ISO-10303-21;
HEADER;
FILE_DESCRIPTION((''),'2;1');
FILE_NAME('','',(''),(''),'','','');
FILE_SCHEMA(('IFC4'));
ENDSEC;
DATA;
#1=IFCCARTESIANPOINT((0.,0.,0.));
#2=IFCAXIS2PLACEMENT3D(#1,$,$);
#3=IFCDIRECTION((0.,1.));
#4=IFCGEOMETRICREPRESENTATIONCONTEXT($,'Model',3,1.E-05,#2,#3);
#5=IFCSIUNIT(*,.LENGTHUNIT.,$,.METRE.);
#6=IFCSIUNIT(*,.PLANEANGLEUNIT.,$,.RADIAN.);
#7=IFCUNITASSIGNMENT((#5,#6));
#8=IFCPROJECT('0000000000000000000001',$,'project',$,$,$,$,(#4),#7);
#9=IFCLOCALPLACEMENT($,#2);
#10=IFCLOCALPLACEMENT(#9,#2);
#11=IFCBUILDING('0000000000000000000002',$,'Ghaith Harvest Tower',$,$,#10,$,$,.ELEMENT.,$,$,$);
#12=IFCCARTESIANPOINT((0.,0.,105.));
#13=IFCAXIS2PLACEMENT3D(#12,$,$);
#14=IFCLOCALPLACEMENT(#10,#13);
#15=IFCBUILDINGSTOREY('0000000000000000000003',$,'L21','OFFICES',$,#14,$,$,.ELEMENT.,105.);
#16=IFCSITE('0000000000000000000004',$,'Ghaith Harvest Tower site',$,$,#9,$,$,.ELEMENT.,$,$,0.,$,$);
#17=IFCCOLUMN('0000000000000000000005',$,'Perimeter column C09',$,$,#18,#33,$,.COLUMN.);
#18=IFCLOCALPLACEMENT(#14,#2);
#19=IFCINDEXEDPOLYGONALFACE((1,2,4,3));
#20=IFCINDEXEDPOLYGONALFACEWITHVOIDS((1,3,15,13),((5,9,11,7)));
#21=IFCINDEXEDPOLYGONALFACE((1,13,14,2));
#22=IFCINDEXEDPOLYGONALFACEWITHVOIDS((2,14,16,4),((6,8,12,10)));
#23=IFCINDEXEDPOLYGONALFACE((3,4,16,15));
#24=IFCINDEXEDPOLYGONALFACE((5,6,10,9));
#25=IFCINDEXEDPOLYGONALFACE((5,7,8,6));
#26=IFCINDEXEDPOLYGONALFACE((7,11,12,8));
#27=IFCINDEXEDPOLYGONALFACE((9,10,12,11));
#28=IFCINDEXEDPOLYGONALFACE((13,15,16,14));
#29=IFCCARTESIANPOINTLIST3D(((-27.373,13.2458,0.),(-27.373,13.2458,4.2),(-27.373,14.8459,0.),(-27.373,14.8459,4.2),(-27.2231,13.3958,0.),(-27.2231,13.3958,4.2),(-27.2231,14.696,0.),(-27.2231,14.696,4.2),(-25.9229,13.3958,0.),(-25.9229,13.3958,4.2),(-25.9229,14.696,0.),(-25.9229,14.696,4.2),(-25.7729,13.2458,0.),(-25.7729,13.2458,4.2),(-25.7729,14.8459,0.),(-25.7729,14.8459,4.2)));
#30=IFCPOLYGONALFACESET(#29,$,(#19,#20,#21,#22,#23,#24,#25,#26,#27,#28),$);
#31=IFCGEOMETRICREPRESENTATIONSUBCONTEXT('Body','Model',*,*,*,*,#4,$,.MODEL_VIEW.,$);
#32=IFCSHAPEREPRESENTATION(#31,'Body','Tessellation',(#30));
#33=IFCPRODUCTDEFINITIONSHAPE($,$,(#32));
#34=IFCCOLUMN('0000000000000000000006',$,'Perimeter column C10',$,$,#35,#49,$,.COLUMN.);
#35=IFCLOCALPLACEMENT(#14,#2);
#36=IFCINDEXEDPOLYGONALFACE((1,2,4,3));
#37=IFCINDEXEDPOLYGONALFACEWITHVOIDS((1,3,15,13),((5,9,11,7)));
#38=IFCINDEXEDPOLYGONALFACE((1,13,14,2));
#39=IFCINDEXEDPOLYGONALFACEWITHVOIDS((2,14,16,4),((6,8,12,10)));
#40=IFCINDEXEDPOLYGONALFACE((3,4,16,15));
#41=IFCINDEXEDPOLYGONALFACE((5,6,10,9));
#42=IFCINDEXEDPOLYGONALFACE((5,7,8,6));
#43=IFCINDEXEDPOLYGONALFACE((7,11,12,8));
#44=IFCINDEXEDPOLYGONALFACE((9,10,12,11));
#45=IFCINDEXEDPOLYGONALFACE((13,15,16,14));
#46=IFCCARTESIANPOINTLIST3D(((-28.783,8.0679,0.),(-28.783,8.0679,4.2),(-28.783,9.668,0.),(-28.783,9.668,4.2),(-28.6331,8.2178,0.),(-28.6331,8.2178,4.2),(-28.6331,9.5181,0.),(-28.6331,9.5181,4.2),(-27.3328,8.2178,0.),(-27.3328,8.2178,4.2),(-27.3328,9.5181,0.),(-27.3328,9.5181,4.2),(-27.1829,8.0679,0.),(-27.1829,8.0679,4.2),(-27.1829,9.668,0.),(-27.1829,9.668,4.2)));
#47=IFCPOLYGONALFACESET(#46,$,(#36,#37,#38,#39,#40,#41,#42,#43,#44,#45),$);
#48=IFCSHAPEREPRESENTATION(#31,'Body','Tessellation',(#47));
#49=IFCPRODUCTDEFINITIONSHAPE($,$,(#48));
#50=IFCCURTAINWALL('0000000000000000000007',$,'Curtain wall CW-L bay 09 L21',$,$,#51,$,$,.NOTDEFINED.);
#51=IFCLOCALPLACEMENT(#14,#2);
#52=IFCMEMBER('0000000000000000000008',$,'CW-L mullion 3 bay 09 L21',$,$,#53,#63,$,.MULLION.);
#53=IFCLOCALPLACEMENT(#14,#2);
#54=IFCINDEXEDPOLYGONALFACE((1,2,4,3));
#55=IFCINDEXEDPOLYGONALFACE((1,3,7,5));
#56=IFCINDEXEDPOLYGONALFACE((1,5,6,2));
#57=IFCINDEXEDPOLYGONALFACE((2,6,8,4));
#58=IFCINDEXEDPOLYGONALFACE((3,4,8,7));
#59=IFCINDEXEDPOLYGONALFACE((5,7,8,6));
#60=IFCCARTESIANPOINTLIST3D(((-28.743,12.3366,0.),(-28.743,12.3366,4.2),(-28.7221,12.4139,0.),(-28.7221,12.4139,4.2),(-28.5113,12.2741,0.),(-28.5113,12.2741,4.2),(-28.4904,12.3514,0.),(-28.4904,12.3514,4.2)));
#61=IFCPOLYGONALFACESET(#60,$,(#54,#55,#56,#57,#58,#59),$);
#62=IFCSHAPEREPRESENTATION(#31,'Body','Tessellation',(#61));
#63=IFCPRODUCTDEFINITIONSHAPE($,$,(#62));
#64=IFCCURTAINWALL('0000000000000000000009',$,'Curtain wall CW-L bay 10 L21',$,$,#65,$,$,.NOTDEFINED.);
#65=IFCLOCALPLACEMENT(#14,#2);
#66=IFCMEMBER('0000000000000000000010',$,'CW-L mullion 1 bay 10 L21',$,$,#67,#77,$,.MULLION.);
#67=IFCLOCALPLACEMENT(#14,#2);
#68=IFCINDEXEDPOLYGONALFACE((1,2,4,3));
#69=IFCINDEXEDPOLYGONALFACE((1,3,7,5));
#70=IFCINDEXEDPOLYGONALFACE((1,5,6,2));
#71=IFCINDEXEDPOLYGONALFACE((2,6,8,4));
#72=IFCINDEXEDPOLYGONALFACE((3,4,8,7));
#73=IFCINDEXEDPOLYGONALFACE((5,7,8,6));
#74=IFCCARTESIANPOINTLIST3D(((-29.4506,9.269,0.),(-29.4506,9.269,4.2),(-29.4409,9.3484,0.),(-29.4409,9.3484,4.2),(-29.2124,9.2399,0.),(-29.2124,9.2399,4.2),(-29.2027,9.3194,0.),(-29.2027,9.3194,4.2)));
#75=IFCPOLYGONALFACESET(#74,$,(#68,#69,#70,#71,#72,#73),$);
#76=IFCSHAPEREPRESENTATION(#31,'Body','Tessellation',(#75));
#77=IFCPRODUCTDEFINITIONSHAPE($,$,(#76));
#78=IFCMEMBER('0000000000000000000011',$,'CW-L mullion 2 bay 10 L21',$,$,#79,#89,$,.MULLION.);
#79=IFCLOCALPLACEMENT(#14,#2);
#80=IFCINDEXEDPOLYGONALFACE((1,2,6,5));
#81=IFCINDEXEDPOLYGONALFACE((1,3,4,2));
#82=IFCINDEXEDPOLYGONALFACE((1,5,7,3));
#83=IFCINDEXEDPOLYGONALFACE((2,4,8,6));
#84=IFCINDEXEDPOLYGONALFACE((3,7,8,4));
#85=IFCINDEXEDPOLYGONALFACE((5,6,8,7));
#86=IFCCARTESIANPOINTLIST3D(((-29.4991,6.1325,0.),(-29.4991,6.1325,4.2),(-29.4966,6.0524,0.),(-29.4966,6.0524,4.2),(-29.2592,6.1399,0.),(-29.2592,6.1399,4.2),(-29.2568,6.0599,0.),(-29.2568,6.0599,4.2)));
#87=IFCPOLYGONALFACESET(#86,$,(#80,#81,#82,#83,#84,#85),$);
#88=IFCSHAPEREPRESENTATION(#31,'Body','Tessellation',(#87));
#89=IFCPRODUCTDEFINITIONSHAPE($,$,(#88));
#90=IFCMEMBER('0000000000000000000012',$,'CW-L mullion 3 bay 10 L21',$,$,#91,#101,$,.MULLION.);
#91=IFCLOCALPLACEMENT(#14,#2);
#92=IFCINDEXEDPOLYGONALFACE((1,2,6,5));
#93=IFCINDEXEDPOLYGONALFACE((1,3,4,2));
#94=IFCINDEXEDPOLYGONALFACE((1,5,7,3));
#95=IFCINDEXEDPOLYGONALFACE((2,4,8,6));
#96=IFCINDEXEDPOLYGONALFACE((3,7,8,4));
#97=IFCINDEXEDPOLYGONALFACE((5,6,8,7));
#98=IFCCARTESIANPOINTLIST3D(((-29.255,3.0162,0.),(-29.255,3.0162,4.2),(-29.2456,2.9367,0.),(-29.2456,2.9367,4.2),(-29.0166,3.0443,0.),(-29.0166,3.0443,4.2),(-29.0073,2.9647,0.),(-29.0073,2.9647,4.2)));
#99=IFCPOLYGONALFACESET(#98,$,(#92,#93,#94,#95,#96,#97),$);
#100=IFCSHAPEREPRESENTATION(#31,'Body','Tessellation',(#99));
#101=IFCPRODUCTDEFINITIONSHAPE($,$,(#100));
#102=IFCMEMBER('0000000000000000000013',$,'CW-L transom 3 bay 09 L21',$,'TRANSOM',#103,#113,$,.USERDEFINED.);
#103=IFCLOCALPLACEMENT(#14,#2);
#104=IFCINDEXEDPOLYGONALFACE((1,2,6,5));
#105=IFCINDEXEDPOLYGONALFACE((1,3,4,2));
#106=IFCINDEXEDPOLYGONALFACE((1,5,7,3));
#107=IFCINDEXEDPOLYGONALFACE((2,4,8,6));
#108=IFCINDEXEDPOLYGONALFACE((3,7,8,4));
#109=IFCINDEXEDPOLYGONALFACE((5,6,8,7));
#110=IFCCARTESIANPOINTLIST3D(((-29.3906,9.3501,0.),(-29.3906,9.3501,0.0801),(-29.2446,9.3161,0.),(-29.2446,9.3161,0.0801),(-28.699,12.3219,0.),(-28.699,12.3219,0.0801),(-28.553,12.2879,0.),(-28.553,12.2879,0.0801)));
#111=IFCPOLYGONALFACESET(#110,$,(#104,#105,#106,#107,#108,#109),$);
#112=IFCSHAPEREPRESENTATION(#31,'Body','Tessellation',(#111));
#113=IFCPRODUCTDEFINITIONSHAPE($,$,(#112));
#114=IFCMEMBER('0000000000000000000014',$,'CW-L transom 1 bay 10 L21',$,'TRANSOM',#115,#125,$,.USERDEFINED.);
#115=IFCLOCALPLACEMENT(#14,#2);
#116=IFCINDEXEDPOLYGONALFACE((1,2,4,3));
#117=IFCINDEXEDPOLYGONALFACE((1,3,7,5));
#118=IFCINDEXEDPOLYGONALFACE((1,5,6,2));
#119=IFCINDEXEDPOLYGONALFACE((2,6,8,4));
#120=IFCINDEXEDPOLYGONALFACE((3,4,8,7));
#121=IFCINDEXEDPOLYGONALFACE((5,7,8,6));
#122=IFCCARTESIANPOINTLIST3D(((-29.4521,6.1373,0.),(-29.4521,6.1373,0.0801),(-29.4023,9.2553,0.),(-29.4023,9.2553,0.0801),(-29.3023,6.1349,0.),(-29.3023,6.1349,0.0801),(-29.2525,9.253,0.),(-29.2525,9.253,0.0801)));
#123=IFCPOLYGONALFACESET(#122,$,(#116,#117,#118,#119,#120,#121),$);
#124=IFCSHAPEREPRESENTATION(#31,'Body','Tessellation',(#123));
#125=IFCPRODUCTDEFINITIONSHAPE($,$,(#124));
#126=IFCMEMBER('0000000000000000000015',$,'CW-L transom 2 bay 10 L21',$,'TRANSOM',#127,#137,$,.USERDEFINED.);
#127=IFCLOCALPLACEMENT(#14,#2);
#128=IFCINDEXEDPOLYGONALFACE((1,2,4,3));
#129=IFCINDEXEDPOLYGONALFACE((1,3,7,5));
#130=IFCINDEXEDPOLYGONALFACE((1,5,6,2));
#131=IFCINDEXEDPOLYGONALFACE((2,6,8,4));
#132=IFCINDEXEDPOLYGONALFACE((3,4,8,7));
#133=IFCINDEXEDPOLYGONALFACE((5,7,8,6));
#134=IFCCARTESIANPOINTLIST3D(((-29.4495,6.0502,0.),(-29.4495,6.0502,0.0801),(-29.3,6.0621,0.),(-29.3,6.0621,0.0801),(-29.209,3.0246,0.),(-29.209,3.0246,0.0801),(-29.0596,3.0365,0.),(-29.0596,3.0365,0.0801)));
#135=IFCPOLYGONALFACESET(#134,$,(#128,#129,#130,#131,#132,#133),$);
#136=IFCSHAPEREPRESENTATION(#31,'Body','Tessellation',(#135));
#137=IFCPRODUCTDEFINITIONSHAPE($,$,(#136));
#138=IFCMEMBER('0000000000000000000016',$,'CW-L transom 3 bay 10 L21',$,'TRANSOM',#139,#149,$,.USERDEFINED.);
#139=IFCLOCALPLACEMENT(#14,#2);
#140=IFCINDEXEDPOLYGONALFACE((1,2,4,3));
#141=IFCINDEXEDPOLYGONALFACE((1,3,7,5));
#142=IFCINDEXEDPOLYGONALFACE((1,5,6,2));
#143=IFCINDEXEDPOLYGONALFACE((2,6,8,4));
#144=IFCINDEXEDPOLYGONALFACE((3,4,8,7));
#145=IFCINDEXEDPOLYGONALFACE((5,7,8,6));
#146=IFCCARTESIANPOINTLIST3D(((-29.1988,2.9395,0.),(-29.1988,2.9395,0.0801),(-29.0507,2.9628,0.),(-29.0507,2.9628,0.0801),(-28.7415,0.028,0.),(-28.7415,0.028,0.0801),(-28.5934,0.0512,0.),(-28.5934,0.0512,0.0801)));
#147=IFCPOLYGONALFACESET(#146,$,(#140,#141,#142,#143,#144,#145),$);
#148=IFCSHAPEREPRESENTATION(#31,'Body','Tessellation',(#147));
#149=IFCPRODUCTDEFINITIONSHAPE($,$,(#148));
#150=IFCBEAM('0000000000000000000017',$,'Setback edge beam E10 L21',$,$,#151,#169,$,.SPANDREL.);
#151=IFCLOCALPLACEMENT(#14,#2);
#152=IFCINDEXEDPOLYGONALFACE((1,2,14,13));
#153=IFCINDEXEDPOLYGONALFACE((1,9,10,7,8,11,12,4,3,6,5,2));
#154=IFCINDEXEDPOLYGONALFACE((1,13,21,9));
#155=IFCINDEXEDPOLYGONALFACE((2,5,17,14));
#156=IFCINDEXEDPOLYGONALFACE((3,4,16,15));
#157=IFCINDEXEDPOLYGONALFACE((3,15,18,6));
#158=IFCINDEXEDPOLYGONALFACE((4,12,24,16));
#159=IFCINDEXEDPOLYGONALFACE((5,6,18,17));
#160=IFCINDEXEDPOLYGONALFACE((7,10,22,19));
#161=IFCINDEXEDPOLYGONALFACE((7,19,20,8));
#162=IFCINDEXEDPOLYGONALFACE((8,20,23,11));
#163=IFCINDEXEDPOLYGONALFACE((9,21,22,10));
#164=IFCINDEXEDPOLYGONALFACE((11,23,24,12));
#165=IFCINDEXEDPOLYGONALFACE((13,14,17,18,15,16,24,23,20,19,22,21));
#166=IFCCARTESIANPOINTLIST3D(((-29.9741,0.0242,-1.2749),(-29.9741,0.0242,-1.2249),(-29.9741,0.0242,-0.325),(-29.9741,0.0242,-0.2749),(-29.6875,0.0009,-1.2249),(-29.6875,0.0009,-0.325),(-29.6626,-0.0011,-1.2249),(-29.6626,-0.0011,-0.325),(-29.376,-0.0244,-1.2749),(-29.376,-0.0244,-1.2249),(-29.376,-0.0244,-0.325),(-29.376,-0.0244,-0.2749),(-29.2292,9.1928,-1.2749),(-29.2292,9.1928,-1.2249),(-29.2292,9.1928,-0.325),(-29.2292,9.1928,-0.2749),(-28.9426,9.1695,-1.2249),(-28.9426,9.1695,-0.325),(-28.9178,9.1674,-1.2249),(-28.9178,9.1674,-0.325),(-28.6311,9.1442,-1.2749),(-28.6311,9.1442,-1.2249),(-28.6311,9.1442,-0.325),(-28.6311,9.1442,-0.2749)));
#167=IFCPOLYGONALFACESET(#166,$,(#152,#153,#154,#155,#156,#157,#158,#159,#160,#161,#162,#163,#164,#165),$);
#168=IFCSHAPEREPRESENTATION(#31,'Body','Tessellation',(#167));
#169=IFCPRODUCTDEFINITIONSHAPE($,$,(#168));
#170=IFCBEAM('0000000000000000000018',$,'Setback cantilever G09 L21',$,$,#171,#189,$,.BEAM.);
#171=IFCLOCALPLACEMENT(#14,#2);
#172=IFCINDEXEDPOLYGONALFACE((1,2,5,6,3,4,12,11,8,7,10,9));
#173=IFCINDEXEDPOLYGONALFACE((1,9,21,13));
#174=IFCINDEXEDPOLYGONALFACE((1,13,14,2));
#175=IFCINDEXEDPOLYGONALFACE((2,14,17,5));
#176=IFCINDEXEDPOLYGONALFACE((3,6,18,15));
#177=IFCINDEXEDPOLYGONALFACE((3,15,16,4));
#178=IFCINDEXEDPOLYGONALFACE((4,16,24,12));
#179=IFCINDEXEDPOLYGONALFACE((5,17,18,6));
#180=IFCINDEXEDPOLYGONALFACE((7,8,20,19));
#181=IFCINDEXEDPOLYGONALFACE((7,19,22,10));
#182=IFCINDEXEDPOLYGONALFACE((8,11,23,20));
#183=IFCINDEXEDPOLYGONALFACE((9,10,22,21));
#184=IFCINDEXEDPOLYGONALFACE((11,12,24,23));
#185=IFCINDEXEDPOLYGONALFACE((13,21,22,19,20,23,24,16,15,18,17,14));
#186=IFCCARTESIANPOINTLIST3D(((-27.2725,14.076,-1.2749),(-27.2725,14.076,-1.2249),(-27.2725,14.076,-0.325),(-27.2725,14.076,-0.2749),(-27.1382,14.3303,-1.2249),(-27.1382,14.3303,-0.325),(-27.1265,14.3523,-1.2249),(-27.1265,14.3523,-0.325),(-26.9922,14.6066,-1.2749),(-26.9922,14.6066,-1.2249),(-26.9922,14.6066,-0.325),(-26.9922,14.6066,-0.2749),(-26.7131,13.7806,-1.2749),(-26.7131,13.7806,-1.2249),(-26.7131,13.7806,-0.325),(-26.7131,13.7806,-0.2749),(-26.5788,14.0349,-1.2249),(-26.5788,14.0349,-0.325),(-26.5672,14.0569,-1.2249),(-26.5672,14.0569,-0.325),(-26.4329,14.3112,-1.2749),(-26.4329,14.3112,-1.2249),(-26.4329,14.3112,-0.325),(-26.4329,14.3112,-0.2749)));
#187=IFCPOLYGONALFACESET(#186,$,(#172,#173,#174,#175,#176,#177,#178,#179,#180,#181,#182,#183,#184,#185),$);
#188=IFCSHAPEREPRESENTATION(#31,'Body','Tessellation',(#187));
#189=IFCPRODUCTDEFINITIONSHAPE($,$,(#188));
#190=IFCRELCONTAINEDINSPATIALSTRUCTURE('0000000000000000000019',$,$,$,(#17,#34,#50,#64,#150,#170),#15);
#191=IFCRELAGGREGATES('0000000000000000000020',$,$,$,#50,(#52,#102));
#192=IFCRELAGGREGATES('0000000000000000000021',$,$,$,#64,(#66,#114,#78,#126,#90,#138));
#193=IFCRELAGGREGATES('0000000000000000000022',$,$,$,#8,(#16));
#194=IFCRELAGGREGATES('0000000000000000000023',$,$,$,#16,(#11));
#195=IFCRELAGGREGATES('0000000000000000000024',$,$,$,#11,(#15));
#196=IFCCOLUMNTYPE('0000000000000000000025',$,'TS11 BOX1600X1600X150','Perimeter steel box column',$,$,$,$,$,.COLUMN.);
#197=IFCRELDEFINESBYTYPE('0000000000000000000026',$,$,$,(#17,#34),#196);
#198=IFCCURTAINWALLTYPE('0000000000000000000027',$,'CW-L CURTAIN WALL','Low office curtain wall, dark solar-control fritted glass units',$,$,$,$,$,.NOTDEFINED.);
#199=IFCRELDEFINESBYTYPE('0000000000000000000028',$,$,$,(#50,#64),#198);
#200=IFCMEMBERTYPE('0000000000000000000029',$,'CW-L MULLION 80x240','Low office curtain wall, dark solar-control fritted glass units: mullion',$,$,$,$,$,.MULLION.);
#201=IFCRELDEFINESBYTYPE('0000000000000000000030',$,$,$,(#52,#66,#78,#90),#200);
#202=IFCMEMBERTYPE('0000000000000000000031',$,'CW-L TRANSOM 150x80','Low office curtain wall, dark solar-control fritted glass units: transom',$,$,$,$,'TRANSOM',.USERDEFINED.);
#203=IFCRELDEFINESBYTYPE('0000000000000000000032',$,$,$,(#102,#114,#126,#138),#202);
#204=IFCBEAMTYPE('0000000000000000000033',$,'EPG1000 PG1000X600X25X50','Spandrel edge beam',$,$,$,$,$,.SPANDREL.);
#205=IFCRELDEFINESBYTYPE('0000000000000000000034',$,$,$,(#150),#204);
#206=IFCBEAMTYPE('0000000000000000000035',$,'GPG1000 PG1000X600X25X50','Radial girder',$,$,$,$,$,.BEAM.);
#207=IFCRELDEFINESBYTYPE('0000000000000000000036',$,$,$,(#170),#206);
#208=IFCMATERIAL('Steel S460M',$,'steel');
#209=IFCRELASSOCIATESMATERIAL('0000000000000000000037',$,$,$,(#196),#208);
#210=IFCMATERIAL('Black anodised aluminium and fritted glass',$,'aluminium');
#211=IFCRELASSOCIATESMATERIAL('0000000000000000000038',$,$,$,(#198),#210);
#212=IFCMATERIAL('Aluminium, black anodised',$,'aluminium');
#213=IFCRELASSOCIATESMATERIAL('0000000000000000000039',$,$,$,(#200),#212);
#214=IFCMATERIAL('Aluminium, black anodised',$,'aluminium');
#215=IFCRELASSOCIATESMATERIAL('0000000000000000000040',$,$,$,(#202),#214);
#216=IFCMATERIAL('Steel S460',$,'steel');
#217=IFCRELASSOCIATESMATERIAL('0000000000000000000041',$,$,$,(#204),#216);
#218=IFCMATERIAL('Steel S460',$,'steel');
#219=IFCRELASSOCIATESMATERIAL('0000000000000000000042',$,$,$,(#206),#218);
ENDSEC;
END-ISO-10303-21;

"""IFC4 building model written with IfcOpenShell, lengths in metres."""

from ifc_helpers import new_model, si_unit, direction, frame, origin, origin_2d, place, context, subcontext, project, spatial, rectangle, hollow_rectangle, i_section, extrude, material, material_profile, profile_set, type_object, element, aggregate, save


model = new_model("IFC4")

# Units and contexts
model_context = context("Model", 3, precision=1e-05, world=origin(), true_north=direction((0.0, 1.0)))
body_context = subcontext(model_context, "Body", "Model", "MODEL_VIEW")
ifc_project = project(units=[si_unit("LENGTHUNIT", "METRE"), si_unit("PLANEANGLEUNIT", "RADIAN")], contexts=[model_context])

# Site, building, storey
site_placement = place(None, origin())
site = spatial("IfcSite", under=ifc_project, at=site_placement, Name="Ghaith Harvest Tower site", CompositionType="ELEMENT", RefElevation=0.0)
building_placement = place(site_placement, origin())
building = spatial("IfcBuilding", under=site, at=building_placement, Name="Ghaith Harvest Tower", CompositionType="ELEMENT")
storey_placement = place(building_placement, frame((0.0, 0.0, 105.0)))
storey = spatial("IfcBuildingStorey", under=building, at=storey_placement, Name="L21", Description="OFFICES", CompositionType="ELEMENT", Elevation=105.0)

# Columns
ifc_material_1 = material(Name="Steel S460M", Category="steel")
ifc_material_profile_1 = material_profile(ifc_material_1, hollow_rectangle(XDim=1.6001, YDim=1.6001, WallThickness=0.1499, at=origin_2d()), Name="BOX1600X1600X150")
ifc_profile_set_1 = profile_set([ifc_material_profile_1], Name="Steel S460M")
column_type = type_object("IfcColumnType", Name="TS11 BOX1600X1600X150", Description="Perimeter steel box column", PredefinedType="COLUMN", material=ifc_profile_set_1)
for number, where, z_axis, x_axis, name in (
    (1, (-26.573, 14.0459, 0.0), (0.0, 0.0, 1.0), (1.0, 0.0, 0.0), "Perimeter column C09"),
    (2, (-27.9829, 8.8679, 0.0), (0.0, 0.0, 1.0), (1.0, 0.0, 0.0), "Perimeter column C10"),
):
    element("IfcColumn", number, at=place(storey_placement, frame(where, z_axis=z_axis, x_axis=x_axis)), inside=storey, type_object=column_type, Name=name, PredefinedType="COLUMN", context=body_context, shape_type="SweptSolid", body=[
        extrude(hollow_rectangle(XDim=1.6001, YDim=1.6001, WallThickness=0.1499, at=origin_2d()), origin(), (0.0, 0.0, 1.0), 4.2),
    ])

# Curtain wall, member
ifc_material_2 = material(Name="Black anodised aluminium and fritted glass", Category="aluminium")
curtain_wall_type = type_object("IfcCurtainWallType", Name="CW-L CURTAIN WALL", Description="Low office curtain wall, dark solar-control fritted glass units", PredefinedType="NOTDEFINED", material=ifc_material_2)
curtain_wall_1_placement = place(storey_placement, origin())
curtain_wall_1 = element("IfcCurtainWall", 3, at=curtain_wall_1_placement, inside=storey, type_object=curtain_wall_type, Name="Curtain wall CW-L bay 09 L21", PredefinedType="NOTDEFINED")
ifc_material_3 = material(Name="Aluminium, black anodised", Category="aluminium")
ifc_material_profile_2 = material_profile(ifc_material_3, rectangle(XDim=0.0801, YDim=0.24, at=origin_2d()), Name="CW-L MULLION 80x240")
ifc_profile_set_2 = profile_set([ifc_material_profile_2], Name="Aluminium, black anodised")
member_type_1 = type_object("IfcMemberType", Name="CW-L MULLION 80x240", Description="Low office curtain wall, dark solar-control fritted glass units: mullion", PredefinedType="MULLION", material=ifc_profile_set_2)
member_1_placement = place(storey_placement, frame((-28.6167, 12.344, 0.0), z_axis=(0.0, 0.0, 1.0), x_axis=(-0.260727, -0.965412, 0.0)))
member_1 = element("IfcMember", 4, at=member_1_placement, type_object=member_type_1, Name="CW-L mullion 3 bay 09 L21", PredefinedType="MULLION", context=body_context, shape_type="SweptSolid", body=[
    extrude(rectangle(XDim=0.0801, YDim=0.24, at=origin_2d()), origin(), (0.0, 0.0, 1.0), 4.2),
])

# Curtain wall, members
curtain_wall_2_placement = place(storey_placement, origin())
curtain_wall_2 = element("IfcCurtainWall", 5, at=curtain_wall_2_placement, inside=storey, type_object=curtain_wall_type, Name="Curtain wall CW-L bay 10 L21", PredefinedType="NOTDEFINED")
member_2_placement = place(storey_placement, frame((-29.3267, 9.2942, 0.0), z_axis=(0.0, 0.0, 1.0), x_axis=(-0.120932, -0.992661, 0.0)))
member_2 = element("IfcMember", 6, at=member_2_placement, type_object=member_type_1, Name="CW-L mullion 1 bay 10 L21", PredefinedType="MULLION", context=body_context, shape_type="SweptSolid", body=[
    extrude(rectangle(XDim=0.0801, YDim=0.24, at=origin_2d()), origin(), (0.0, 0.0, 1.0), 4.2),
])
member_3_placement = place(storey_placement, frame((-29.3779, 6.0962, 0.0), z_axis=(0.0, 0.0, 1.0), x_axis=(0.031028, -0.999519, 0.0)))
member_3 = element("IfcMember", 7, at=member_3_placement, type_object=member_type_1, Name="CW-L mullion 2 bay 10 L21", PredefinedType="MULLION", context=body_context, shape_type="SweptSolid", body=[
    extrude(rectangle(XDim=0.0801, YDim=0.24, at=origin_2d()), origin(), (0.0, 0.0, 1.0), 4.2),
])
member_4_placement = place(storey_placement, frame((-29.1311, 2.9905, 0.0), z_axis=(0.0, 0.0, 1.0), x_axis=(0.116764, -0.99316, 0.0)))
member_4 = element("IfcMember", 8, at=member_4_placement, type_object=member_type_1, Name="CW-L mullion 3 bay 10 L21", PredefinedType="MULLION", context=body_context, shape_type="SweptSolid", body=[
    extrude(rectangle(XDim=0.0801, YDim=0.24, at=origin_2d()), origin(), (0.0, 0.0, 1.0), 4.2),
])

# Members
ifc_material_4 = material(Name="Aluminium, black anodised", Category="aluminium")
ifc_material_profile_3 = material_profile(ifc_material_4, rectangle(XDim=0.1499, YDim=0.0801, at=origin_2d()), Name="CW-L TRANSOM 150x80")
ifc_profile_set_3 = profile_set([ifc_material_profile_3], Name="Aluminium, black anodised")
member_type_2 = type_object("IfcMemberType", Name="CW-L TRANSOM 150x80", Description="Low office curtain wall, dark solar-control fritted glass units: transom", ElementType="TRANSOM", PredefinedType="USERDEFINED", material=ifc_profile_set_3)
member_5_placement = place(storey_placement, frame((-28.626, 12.3049, 0.04), z_axis=(-0.226671, -0.973971, 0.0), x_axis=(0.973971, -0.226671, 0.0)))
member_5 = element("IfcMember", 9, at=member_5_placement, type_object=member_type_2, Name="CW-L transom 3 bay 09 L21", ObjectType="TRANSOM", PredefinedType="USERDEFINED", context=body_context, shape_type="SweptSolid", body=[
    extrude(rectangle(XDim=0.1499, YDim=0.0801, at=origin_2d()), origin(), (0.0, 0.0, 1.0), 3.0513),
])
member_6_placement = place(storey_placement, frame((-29.3274, 9.2542, 0.04), z_axis=(-0.015972, -0.999872, 0.0), x_axis=(0.999872, -0.015972, 0.0)))
member_6 = element("IfcMember", 10, at=member_6_placement, type_object=member_type_2, Name="CW-L transom 1 bay 10 L21", ObjectType="TRANSOM", PredefinedType="USERDEFINED", context=body_context, shape_type="SweptSolid", body=[
    extrude(rectangle(XDim=0.1499, YDim=0.0801, at=origin_2d()), origin(), (0.0, 0.0, 1.0), 3.1184),
])
member_7_placement = place(storey_placement, frame((-29.3748, 6.0562, 0.04), z_axis=(0.07923, -0.996856, 0.0), x_axis=(0.996856, 0.07923, 0.0)))
member_7 = element("IfcMember", 11, at=member_7_placement, type_object=member_type_2, Name="CW-L transom 2 bay 10 L21", ObjectType="TRANSOM", PredefinedType="USERDEFINED", context=body_context, shape_type="SweptSolid", body=[
    extrude(rectangle(XDim=0.1499, YDim=0.0801, at=origin_2d()), origin(), (0.0, 0.0, 1.0), 3.0352),
])
member_8_placement = place(storey_placement, frame((-29.1248, 2.9512, 0.04), z_axis=(0.15515, -0.987891, 0.0), x_axis=(0.987891, 0.15515, 0.0)))
member_8 = element("IfcMember", 12, at=member_8_placement, type_object=member_type_2, Name="CW-L transom 3 bay 10 L21", ObjectType="TRANSOM", PredefinedType="USERDEFINED", context=body_context, shape_type="SweptSolid", body=[
    extrude(rectangle(XDim=0.1499, YDim=0.0801, at=origin_2d()), origin(), (0.0, 0.0, 1.0), 2.9473),
])

# Beams
ifc_material_5 = material(Name="Steel S460", Category="steel")
ifc_material_profile_4 = material_profile(ifc_material_5, i_section(OverallWidth=0.6001, OverallDepth=1.0, WebThickness=0.0249, FlangeThickness=0.05, at=origin_2d()), Name="PG1000X600X25X50")
ifc_profile_set_4 = profile_set([ifc_material_profile_4], Name="Steel S460")
beam_type_1 = type_object("IfcBeamType", Name="EPG1000 PG1000X600X25X50", Description="Spandrel edge beam", PredefinedType="SPANDREL", material=ifc_profile_set_4)
beam_1_placement = place(storey_placement, frame((-28.9302, 9.1685, -0.7749), z_axis=(-0.080976, -0.996716, 0.0), x_axis=(0.996716, -0.080976, 0.0)))
element("IfcBeam", 13, at=beam_1_placement, inside=storey, type_object=beam_type_1, Name="Setback edge beam E10 L21", PredefinedType="SPANDREL", context=body_context, shape_type="SweptSolid", body=[
    extrude(i_section(OverallWidth=0.6001, OverallDepth=1.0, WebThickness=0.0249, FlangeThickness=0.05, at=origin_2d()), origin(), (0.0, 0.0, 1.0), 9.1987),
])
ifc_material_6 = material(Name="Steel S460", Category="steel")
ifc_material_profile_5 = material_profile(ifc_material_6, i_section(OverallWidth=0.6001, OverallDepth=1.0, WebThickness=0.0249, FlangeThickness=0.05, at=origin_2d()), Name="PG1000X600X25X50")
ifc_profile_set_5 = profile_set([ifc_material_profile_5], Name="Steel S460")
beam_type_2 = type_object("IfcBeamType", Name="GPG1000 PG1000X600X25X50", Description="Radial girder", PredefinedType="BEAM", material=ifc_profile_set_5)
beam_2_placement = place(storey_placement, frame((-26.573, 14.0459, -0.7749), z_axis=(-0.884248, 0.467019, 0.0), x_axis=(-0.467019, -0.884248, 0.0)))
element("IfcBeam", 14, at=beam_2_placement, inside=storey, type_object=beam_type_2, Name="Setback cantilever G09 L21", PredefinedType="BEAM", context=body_context, shape_type="SweptSolid", body=[
    extrude(i_section(OverallWidth=0.6001, OverallDepth=1.0, WebThickness=0.0249, FlangeThickness=0.05, at=origin_2d()), origin(), (0.0, 0.0, 1.0), 0.6326),
])

aggregate(curtain_wall_1, [member_1, member_5])
aggregate(curtain_wall_2, [member_2, member_6, member_3, member_7, member_4, member_8])

save(model, "model.ifc")
